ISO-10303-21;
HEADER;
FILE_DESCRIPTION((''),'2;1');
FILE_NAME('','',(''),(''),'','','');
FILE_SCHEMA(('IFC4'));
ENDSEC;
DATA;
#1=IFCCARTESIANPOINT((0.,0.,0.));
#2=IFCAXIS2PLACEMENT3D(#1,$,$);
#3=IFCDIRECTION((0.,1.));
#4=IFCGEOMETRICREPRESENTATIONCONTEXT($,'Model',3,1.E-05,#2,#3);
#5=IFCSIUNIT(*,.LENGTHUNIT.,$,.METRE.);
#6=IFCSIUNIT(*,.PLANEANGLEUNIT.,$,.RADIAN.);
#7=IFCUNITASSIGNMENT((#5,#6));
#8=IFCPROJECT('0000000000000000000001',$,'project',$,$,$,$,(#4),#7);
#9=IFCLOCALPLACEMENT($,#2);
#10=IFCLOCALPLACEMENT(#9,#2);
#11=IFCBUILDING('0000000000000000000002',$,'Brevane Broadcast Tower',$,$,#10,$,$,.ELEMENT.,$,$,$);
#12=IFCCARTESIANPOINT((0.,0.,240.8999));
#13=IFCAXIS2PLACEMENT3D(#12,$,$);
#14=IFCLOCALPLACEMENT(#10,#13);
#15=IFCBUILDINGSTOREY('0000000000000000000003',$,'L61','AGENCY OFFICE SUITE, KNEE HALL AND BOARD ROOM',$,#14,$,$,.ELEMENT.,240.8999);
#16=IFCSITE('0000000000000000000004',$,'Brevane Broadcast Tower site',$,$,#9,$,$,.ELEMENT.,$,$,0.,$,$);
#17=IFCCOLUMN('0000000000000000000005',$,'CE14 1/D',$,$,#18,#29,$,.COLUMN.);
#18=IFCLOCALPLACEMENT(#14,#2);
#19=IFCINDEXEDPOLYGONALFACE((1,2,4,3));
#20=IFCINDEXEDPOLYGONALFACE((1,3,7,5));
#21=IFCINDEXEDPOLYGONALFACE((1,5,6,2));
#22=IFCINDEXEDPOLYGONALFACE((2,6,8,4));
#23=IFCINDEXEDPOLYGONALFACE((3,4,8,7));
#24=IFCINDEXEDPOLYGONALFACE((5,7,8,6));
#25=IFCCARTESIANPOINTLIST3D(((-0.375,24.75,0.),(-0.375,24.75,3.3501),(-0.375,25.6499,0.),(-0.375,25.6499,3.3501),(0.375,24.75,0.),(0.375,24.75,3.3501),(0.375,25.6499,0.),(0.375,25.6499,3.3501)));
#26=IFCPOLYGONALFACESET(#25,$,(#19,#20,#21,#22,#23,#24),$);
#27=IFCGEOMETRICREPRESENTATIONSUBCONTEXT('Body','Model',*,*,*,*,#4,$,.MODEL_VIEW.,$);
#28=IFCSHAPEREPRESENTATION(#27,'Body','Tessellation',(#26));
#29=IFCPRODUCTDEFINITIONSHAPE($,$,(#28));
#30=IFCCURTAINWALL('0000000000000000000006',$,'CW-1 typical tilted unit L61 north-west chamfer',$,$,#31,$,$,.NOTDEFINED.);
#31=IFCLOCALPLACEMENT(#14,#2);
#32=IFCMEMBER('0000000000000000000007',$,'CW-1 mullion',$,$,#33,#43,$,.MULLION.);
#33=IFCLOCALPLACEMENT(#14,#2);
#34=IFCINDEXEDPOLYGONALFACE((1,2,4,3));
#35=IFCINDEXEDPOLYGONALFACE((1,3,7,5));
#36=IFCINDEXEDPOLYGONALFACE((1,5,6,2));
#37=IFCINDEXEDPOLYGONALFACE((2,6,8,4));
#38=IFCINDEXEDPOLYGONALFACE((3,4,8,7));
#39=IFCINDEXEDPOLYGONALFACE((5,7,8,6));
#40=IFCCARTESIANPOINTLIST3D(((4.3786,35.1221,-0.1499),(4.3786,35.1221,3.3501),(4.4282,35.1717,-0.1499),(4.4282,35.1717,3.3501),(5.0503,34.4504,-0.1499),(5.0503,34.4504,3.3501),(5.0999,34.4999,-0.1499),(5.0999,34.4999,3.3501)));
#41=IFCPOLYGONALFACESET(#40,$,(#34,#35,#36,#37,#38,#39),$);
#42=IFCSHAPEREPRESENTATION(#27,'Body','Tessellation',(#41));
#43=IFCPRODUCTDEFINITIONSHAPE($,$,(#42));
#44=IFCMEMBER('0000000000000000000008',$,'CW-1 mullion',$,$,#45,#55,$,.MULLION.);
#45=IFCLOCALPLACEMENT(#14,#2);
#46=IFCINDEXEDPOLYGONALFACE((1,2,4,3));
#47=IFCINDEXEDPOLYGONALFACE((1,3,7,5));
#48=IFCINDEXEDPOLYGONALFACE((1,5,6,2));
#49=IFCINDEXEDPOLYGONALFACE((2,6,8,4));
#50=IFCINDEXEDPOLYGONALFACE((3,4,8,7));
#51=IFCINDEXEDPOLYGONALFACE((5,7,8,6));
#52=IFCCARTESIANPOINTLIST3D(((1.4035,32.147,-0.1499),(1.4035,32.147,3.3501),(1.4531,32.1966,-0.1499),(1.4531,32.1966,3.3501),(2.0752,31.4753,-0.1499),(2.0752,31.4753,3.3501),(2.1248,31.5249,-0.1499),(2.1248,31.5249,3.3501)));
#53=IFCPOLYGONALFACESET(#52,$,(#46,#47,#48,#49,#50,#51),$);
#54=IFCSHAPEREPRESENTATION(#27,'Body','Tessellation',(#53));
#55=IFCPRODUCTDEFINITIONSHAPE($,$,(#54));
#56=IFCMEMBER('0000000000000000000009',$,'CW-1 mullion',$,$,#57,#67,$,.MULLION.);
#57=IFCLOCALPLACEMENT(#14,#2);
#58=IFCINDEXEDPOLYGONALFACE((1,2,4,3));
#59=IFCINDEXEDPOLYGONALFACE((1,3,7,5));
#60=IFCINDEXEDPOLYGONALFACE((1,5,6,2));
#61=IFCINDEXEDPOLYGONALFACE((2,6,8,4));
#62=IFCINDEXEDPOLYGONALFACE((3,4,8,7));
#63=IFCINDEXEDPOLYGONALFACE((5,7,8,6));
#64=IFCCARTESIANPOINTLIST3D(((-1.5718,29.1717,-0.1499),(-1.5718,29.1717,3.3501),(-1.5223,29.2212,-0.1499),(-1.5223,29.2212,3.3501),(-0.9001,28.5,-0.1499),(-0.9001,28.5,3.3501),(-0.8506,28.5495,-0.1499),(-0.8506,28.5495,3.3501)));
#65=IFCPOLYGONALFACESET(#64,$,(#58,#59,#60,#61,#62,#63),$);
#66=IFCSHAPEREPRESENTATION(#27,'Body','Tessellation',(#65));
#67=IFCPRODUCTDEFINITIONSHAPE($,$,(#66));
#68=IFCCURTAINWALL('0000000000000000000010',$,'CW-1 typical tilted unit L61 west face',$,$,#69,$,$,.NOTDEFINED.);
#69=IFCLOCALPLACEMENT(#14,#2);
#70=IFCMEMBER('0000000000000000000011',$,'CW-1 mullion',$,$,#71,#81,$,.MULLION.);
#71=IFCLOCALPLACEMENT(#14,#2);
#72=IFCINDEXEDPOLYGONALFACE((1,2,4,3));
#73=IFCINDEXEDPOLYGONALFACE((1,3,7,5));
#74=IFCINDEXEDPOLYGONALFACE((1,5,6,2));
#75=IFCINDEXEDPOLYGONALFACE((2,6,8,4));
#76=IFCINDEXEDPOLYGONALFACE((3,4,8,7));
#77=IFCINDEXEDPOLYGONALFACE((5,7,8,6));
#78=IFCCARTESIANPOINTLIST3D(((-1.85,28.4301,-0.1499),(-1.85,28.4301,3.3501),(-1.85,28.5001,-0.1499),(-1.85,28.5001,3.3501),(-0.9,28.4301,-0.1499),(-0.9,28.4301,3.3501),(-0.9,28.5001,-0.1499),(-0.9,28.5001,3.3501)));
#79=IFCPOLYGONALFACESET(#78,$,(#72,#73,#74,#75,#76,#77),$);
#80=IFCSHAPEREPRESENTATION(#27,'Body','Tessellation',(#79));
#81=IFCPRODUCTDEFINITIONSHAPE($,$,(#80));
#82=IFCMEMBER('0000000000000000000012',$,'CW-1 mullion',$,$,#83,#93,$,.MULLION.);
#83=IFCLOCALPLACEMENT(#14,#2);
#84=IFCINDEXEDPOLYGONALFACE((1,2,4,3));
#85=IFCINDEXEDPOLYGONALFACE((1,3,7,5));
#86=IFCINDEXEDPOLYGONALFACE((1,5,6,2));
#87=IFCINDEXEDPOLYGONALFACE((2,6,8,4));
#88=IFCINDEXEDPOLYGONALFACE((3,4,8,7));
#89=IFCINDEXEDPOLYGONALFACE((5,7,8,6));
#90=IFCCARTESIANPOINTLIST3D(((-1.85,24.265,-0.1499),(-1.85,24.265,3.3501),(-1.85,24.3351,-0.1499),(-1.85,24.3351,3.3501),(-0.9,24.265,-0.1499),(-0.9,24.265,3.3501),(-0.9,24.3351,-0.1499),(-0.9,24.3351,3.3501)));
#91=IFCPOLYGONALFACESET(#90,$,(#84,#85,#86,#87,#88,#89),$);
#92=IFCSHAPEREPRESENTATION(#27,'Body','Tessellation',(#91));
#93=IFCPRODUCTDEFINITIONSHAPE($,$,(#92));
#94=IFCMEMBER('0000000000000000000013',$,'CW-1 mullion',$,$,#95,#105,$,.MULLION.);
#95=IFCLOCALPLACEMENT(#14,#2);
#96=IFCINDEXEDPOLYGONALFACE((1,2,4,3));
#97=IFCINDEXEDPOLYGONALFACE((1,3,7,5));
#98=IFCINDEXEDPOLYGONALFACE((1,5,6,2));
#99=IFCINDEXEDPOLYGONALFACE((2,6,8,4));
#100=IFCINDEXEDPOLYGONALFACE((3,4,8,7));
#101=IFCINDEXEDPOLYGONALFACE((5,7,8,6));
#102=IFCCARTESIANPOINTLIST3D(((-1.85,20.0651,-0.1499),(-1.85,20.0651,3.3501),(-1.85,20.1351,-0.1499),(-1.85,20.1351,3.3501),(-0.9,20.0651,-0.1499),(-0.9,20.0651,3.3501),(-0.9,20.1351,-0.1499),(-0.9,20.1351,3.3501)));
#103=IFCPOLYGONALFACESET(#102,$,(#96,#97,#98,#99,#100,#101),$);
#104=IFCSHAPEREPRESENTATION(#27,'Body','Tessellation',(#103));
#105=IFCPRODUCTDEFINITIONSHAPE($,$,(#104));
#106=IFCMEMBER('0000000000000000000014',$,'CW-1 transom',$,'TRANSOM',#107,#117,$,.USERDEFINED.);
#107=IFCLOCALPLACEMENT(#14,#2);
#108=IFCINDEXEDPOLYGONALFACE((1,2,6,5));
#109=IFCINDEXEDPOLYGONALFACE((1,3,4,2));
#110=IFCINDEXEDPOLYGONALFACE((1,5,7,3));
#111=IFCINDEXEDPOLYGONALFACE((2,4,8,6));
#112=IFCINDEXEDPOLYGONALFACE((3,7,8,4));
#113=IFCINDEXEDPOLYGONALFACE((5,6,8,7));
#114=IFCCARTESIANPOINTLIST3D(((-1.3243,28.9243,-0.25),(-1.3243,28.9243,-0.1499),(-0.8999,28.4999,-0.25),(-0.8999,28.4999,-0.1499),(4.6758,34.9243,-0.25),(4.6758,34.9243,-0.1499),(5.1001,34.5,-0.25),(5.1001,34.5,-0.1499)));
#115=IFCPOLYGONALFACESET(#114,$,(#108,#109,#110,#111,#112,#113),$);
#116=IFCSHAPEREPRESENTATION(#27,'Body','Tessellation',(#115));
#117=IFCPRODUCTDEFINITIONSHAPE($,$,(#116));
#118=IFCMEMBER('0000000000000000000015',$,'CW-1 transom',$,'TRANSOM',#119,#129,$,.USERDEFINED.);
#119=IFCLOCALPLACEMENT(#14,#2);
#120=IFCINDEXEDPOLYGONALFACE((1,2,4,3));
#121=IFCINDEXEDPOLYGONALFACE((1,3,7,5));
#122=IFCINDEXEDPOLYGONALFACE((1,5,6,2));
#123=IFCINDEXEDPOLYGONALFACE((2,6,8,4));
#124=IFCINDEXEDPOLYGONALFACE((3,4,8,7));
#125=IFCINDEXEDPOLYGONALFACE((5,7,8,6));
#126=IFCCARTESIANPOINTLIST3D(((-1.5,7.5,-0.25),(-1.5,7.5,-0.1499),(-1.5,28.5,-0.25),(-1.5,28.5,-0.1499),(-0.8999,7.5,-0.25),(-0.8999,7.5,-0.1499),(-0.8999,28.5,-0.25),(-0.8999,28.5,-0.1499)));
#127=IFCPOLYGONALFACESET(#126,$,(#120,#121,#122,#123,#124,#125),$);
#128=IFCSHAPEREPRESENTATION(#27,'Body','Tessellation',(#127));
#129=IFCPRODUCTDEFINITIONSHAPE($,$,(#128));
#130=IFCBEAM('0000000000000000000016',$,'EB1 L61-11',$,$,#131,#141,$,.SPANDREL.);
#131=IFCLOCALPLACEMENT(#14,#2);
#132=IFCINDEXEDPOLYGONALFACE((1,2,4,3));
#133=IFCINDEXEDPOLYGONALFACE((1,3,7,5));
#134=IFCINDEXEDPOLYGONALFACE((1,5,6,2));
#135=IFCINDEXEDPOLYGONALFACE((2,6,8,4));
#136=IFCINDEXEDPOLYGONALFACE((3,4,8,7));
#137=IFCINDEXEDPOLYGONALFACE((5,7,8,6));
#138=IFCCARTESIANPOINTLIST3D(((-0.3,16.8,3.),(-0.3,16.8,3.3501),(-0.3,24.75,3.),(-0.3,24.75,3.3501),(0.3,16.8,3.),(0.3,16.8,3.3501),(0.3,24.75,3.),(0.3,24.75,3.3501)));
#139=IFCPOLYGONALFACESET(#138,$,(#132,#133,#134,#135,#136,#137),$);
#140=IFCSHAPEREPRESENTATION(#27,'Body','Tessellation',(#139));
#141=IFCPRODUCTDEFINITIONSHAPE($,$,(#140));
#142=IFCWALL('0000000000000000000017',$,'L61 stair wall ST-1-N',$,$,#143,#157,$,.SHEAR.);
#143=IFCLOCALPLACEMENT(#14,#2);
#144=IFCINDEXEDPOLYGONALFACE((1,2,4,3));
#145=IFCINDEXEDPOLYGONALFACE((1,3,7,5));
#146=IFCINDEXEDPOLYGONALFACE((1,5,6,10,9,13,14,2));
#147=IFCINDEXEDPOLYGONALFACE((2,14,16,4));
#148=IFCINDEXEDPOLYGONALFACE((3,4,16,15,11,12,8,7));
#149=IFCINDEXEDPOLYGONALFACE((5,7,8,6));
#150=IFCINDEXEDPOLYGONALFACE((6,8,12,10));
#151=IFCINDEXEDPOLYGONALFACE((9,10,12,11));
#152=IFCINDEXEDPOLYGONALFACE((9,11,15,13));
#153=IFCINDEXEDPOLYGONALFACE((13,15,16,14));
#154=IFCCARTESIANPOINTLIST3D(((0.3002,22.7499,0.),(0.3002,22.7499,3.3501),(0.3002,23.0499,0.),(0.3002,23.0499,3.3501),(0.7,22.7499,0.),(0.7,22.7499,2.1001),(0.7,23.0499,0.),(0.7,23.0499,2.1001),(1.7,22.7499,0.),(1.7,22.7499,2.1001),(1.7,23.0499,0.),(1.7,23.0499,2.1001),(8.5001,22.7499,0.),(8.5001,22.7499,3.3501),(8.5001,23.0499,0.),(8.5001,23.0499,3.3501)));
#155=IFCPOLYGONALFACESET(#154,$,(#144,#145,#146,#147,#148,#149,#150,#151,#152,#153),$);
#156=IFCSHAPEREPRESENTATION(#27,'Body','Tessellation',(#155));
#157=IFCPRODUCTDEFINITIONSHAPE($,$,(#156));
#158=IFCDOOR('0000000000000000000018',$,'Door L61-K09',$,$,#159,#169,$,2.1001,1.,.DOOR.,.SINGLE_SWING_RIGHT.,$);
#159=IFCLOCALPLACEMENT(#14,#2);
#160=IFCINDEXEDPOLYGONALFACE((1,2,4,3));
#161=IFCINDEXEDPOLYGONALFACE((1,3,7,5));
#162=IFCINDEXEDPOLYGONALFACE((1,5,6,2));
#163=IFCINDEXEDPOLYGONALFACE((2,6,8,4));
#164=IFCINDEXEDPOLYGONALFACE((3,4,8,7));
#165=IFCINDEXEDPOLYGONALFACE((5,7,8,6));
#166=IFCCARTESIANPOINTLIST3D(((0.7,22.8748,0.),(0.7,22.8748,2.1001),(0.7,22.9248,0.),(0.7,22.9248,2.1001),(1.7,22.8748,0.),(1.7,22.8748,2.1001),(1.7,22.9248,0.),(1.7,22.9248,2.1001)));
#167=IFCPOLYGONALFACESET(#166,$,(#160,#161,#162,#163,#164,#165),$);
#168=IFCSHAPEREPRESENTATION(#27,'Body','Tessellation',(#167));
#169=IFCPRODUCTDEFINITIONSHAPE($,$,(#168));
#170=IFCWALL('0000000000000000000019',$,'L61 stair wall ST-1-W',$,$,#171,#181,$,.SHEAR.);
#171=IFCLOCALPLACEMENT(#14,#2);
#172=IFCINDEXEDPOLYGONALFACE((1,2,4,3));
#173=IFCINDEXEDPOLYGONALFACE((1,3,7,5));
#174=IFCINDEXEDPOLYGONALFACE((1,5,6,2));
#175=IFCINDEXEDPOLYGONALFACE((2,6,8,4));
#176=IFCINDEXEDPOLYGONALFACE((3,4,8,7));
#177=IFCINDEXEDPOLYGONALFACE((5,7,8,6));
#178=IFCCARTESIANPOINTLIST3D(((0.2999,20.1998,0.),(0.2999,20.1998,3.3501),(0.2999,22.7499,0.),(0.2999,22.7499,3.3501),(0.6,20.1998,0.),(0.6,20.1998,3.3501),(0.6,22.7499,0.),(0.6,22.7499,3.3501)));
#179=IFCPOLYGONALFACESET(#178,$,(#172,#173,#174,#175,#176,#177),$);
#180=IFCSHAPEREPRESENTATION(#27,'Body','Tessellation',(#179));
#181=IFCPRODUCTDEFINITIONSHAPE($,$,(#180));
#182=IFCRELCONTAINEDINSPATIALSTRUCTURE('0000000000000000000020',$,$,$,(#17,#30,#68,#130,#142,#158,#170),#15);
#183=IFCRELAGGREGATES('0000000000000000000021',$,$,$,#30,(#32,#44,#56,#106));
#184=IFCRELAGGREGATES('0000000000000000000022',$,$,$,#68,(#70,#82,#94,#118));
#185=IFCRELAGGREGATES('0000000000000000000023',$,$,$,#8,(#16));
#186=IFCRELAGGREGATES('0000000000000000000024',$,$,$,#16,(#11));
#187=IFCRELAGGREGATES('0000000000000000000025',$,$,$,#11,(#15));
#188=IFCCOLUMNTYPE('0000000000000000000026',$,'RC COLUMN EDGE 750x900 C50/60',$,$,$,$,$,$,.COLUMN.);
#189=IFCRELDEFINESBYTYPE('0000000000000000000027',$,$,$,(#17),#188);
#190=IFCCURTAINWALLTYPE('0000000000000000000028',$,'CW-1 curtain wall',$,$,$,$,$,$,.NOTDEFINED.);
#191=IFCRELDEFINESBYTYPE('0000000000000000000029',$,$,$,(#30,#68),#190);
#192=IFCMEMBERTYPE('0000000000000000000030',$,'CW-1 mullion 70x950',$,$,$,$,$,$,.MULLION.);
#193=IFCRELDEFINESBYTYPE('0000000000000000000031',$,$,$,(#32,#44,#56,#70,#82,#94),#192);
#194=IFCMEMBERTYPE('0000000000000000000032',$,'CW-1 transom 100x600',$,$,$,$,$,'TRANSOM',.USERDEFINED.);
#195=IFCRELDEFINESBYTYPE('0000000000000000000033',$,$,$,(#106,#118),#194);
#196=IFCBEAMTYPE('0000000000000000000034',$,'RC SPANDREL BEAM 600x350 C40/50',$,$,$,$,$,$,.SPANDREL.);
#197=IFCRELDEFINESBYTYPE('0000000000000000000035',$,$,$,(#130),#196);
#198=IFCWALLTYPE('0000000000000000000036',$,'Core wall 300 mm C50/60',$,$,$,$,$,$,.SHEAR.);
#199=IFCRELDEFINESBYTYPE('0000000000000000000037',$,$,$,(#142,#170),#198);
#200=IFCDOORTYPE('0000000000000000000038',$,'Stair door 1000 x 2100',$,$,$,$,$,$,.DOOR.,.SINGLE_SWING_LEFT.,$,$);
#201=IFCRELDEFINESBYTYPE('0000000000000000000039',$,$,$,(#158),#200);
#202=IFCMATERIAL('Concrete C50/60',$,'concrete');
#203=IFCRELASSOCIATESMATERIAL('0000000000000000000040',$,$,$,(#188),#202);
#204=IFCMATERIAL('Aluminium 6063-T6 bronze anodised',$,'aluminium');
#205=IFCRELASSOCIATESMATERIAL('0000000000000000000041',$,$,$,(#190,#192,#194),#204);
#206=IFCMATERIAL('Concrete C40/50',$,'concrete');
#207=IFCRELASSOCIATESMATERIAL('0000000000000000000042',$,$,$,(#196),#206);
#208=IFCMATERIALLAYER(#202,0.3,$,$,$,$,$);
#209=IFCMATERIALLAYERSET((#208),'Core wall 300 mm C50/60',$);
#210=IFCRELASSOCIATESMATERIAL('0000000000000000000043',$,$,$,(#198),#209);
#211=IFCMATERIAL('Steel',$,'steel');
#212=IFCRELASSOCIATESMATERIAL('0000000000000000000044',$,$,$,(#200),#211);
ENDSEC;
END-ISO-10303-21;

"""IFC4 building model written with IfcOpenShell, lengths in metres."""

from ifc_helpers import new_model, si_unit, direction, frame, frame_2d, origin, origin_2d, place, context, subcontext, project, spatial, rectangle, extrude, material, layer, layer_set, material_profile, profile_set, type_object, element, fill, aggregate, save


model = new_model("IFC4")

# Units and contexts
model_context = context("Model", 3, precision=1e-05, world=origin(), true_north=direction((0.0, 1.0)))
body_context = subcontext(model_context, "Body", "Model", "MODEL_VIEW")
ifc_project = project(units=[si_unit("LENGTHUNIT", "METRE"), si_unit("PLANEANGLEUNIT", "RADIAN")], contexts=[model_context])

# Site, building, storey
site_placement = place(None, origin())
site = spatial("IfcSite", under=ifc_project, at=site_placement, Name="Brevane Broadcast Tower site", CompositionType="ELEMENT", RefElevation=0.0)
building_placement = place(site_placement, origin())
building = spatial("IfcBuilding", under=site, at=building_placement, Name="Brevane Broadcast Tower", CompositionType="ELEMENT")
storey_placement = place(building_placement, frame((0.0, 0.0, 240.8999)))
storey = spatial("IfcBuildingStorey", under=building, at=storey_placement, Name="L61", Description="AGENCY OFFICE SUITE, KNEE HALL AND BOARD ROOM", CompositionType="ELEMENT", Elevation=240.8999)

# Column
ifc_material_1 = material(Name="Concrete C50/60", Category="concrete")
ifc_material_profile_1 = material_profile(ifc_material_1, rectangle(XDim=0.75, YDim=0.8999, at=origin_2d()), Name="RC 750x900")
ifc_profile_set_1 = profile_set([ifc_material_profile_1], Name="Concrete C50/60")
column_type = type_object("IfcColumnType", Name="RC COLUMN EDGE 750x900 C50/60", PredefinedType="COLUMN", material=ifc_profile_set_1)
column_placement = place(storey_placement, frame((0.0, 25.2, 0.0), z_axis=(0.0, 0.0, 1.0), x_axis=(1.0, 0.0, 0.0)))
element("IfcColumn", 1, at=column_placement, inside=storey, type_object=column_type, Name="CE14 1/D", PredefinedType="COLUMN", context=body_context, shape_type="SweptSolid", body=[
    extrude(rectangle(XDim=0.75, YDim=0.8999, at=origin_2d()), origin(), (0.0, 0.0, 1.0), 3.3501),
])

# Curtain walls, members
ifc_material_2 = material(Name="Aluminium 6063-T6 bronze anodised", Category="aluminium")
curtain_wall_type = type_object("IfcCurtainWallType", Name="CW-1 curtain wall", PredefinedType="NOTDEFINED", material=ifc_material_2)
curtain_wall_1_placement = place(storey_placement, origin())
curtain_wall_1 = element("IfcCurtainWall", 2, at=curtain_wall_1_placement, inside=storey, type_object=curtain_wall_type, Name="CW-1 typical tilted unit L61 north-west chamfer", PredefinedType="NOTDEFINED")
ifc_material_profile_2 = material_profile(ifc_material_2, rectangle(XDim=0.95, YDim=0.0701, at=origin_2d()), Name="RECT 70x950")
ifc_profile_set_2 = profile_set([ifc_material_profile_2], Name="Aluminium 6063-T6 bronze anodised")
member_type_1 = type_object("IfcMemberType", Name="CW-1 mullion 70x950", PredefinedType="MULLION", material=ifc_profile_set_2)
member_1_placement = place(storey_placement, frame((4.7393, 34.811, -0.1499), z_axis=(0.0, 0.0, 1.0), x_axis=(0.707107, -0.707107, 0.0)))
member_1 = element("IfcMember", 3, at=member_1_placement, type_object=member_type_1, Name="CW-1 mullion", PredefinedType="MULLION", context=body_context, shape_type="SweptSolid", body=[
    extrude(rectangle(XDim=0.95, YDim=0.0701, at=origin_2d()), origin(), (0.0, 0.0, 1.0), 3.5),
])
member_2_placement = place(storey_placement, frame((1.7642, 31.8359, -0.1499), z_axis=(0.0, 0.0, 1.0), x_axis=(0.707107, -0.707107, 0.0)))
member_2 = element("IfcMember", 4, at=member_2_placement, type_object=member_type_1, Name="CW-1 mullion", PredefinedType="MULLION", context=body_context, shape_type="SweptSolid", body=[
    extrude(rectangle(XDim=0.95, YDim=0.0701, at=origin_2d()), origin(), (0.0, 0.0, 1.0), 3.5),
])
member_3_placement = place(storey_placement, frame((-1.2112, 28.8606, -0.1499), z_axis=(0.0, 0.0, 1.0), x_axis=(0.707107, -0.707107, 0.0)))
member_3 = element("IfcMember", 5, at=member_3_placement, type_object=member_type_1, Name="CW-1 mullion", PredefinedType="MULLION", context=body_context, shape_type="SweptSolid", body=[
    extrude(rectangle(XDim=0.95, YDim=0.0701, at=origin_2d()), origin(), (0.0, 0.0, 1.0), 3.5),
])
curtain_wall_2_placement = place(storey_placement, origin())
curtain_wall_2 = element("IfcCurtainWall", 6, at=curtain_wall_2_placement, inside=storey, type_object=curtain_wall_type, Name="CW-1 typical tilted unit L61 west face", PredefinedType="NOTDEFINED")
member_4_placement = place(storey_placement, frame((-1.375, 28.4651, -0.1499), z_axis=(0.0, 0.0, 1.0), x_axis=(1.0, 0.0, 0.0)))
member_4 = element("IfcMember", 7, at=member_4_placement, type_object=member_type_1, Name="CW-1 mullion", PredefinedType="MULLION", context=body_context, shape_type="SweptSolid", body=[
    extrude(rectangle(XDim=0.95, YDim=0.0701, at=origin_2d()), origin(), (0.0, 0.0, 1.0), 3.5),
])
member_5_placement = place(storey_placement, frame((-1.375, 24.3, -0.1499), z_axis=(0.0, 0.0, 1.0), x_axis=(1.0, 0.0, 0.0)))
member_5 = element("IfcMember", 8, at=member_5_placement, type_object=member_type_1, Name="CW-1 mullion", PredefinedType="MULLION", context=body_context, shape_type="SweptSolid", body=[
    extrude(rectangle(XDim=0.95, YDim=0.0701, at=origin_2d()), origin(), (0.0, 0.0, 1.0), 3.5),
])
member_6_placement = place(storey_placement, frame((-1.375, 20.1001, -0.1499), z_axis=(0.0, 0.0, 1.0), x_axis=(1.0, 0.0, 0.0)))
member_6 = element("IfcMember", 9, at=member_6_placement, type_object=member_type_1, Name="CW-1 mullion", PredefinedType="MULLION", context=body_context, shape_type="SweptSolid", body=[
    extrude(rectangle(XDim=0.95, YDim=0.0701, at=origin_2d()), origin(), (0.0, 0.0, 1.0), 3.5),
])

# Members
ifc_material_profile_3 = material_profile(ifc_material_2, rectangle(XDim=0.6001, YDim=0.1001, at=origin_2d()), Name="RECT 100x600")
ifc_profile_set_3 = profile_set([ifc_material_profile_3], Name="Aluminium 6063-T6 bronze anodised")
member_type_2 = type_object("IfcMemberType", Name="CW-1 transom 100x600", ElementType="TRANSOM", PredefinedType="USERDEFINED", material=ifc_profile_set_3)
member_7_placement = place(storey_placement, frame((4.8879, 34.7122, -0.2), z_axis=(-0.707107, -0.707107, 0.0), x_axis=(0.707107, -0.707107, 0.0)))
member_7 = element("IfcMember", 10, at=member_7_placement, type_object=member_type_2, Name="CW-1 transom", ObjectType="TRANSOM", PredefinedType="USERDEFINED", context=body_context, shape_type="SweptSolid", body=[
    extrude(rectangle(XDim=0.6001, YDim=0.1001, at=origin_2d()), origin(), (0.0, 0.0, 1.0), 8.4854),
])
aggregate(curtain_wall_1, [member_1, member_2, member_3, member_7])
member_8_placement = place(storey_placement, frame((-1.2, 28.5, -0.2), z_axis=(0.0, -1.0, 0.0), x_axis=(1.0, 0.0, 0.0)))
member_8 = element("IfcMember", 11, at=member_8_placement, type_object=member_type_2, Name="CW-1 transom", ObjectType="TRANSOM", PredefinedType="USERDEFINED", context=body_context, shape_type="SweptSolid", body=[
    extrude(rectangle(XDim=0.6001, YDim=0.1001, at=origin_2d()), origin(), (0.0, 0.0, 1.0), 21.0),
])
aggregate(curtain_wall_2, [member_4, member_5, member_6, member_8])

# Beam
ifc_material_3 = material(Name="Concrete C40/50", Category="concrete")
ifc_material_profile_4 = material_profile(ifc_material_3, rectangle(XDim=0.6001, YDim=0.3501, at=origin_2d()), Name="RC 600x350")
ifc_profile_set_4 = profile_set([ifc_material_profile_4], Name="Concrete C40/50")
beam_type = type_object("IfcBeamType", Name="RC SPANDREL BEAM 600x350 C40/50", PredefinedType="SPANDREL", material=ifc_profile_set_4)
beam_placement = place(storey_placement, frame((0.0, 24.75, 3.175), z_axis=(0.0, -1.0, 0.0), x_axis=(1.0, 0.0, 0.0)))
element("IfcBeam", 12, at=beam_placement, inside=storey, type_object=beam_type, Name="EB1 L61-11", PredefinedType="SPANDREL", context=body_context, shape_type="SweptSolid", body=[
    extrude(rectangle(XDim=0.6001, YDim=0.3501, at=origin_2d()), origin(), (0.0, 0.0, 1.0), 7.95),
])

# Wall, opening, door
ifc_layer = layer(ifc_material_1, 0.3)
ifc_layer_set = layer_set([ifc_layer], Name="Core wall 300 mm C50/60")
wall_type = type_object("IfcWallType", Name="Core wall 300 mm C50/60", PredefinedType="SHEAR", material=ifc_layer_set)
wall_1_placement = place(storey_placement, frame((0.3, 22.8999, 0.0), z_axis=(0.0, 0.0, 1.0), x_axis=(1.0, 0.0, 0.0)))
wall_1 = element("IfcWall", 13, at=wall_1_placement, inside=storey, type_object=wall_type, Name="L61 stair wall ST-1-N", PredefinedType="SHEAR", context=body_context, shape_type="SweptSolid", body=[
    extrude(rectangle(XDim=8.2, YDim=0.3, at=frame_2d((4.1001, 0.0))), origin(), (0.0, 0.0, 1.0), 3.3501),
])
opening_placement = place(wall_1_placement, frame((0.3999, 0.0, 0.0)))
opening = element("IfcOpeningElement", 14, at=opening_placement, cuts=wall_1, PredefinedType="OPENING", context=body_context, shape_type="SweptSolid", body=[
    extrude(rectangle(XDim=1.0, YDim=2.1001, at=frame_2d((0.5, 1.05))), frame((0.0, 0.1599, 0.0), z_axis=(0.0, -1.0, 0.0), x_axis=(1.0, 0.0, 0.0)), (0.0, 0.0, 1.0), 0.3201),
])
ifc_material_4 = material(Name="Steel", Category="steel")
door_type = type_object("IfcDoorType", Name="Stair door 1000 x 2100", OperationType="SINGLE_SWING_LEFT", PredefinedType="DOOR", material=ifc_material_4)
door_placement = place(opening_placement, origin())
door = element("IfcDoor", 15, at=door_placement, inside=storey, type_object=door_type, Name="Door L61-K09", OperationType="SINGLE_SWING_RIGHT", OverallHeight=2.1001, OverallWidth=1.0, PredefinedType="DOOR", context=body_context, shape_type="SweptSolid", body=[
    extrude(rectangle(XDim=1.0, YDim=2.1001, at=frame_2d((0.5, 1.05))), frame((0.0, 0.0249, 0.0), z_axis=(0.0, -1.0, 0.0), x_axis=(1.0, 0.0, 0.0)), (0.0, 0.0, 1.0), 0.05),
])
fill(opening, door)

# Wall
wall_2_placement = place(storey_placement, frame((0.45, 20.2, 0.0), z_axis=(0.0, 0.0, 1.0), x_axis=(0.0, 1.0, 0.0)))
element("IfcWall", 16, at=wall_2_placement, inside=storey, type_object=wall_type, Name="L61 stair wall ST-1-W", PredefinedType="SHEAR", context=body_context, shape_type="SweptSolid", body=[
    extrude(rectangle(XDim=2.55, YDim=0.3, at=frame_2d((1.2749, 0.0))), origin(), (0.0, 0.0, 1.0), 3.3501),
])

save(model, "model.ifc")
